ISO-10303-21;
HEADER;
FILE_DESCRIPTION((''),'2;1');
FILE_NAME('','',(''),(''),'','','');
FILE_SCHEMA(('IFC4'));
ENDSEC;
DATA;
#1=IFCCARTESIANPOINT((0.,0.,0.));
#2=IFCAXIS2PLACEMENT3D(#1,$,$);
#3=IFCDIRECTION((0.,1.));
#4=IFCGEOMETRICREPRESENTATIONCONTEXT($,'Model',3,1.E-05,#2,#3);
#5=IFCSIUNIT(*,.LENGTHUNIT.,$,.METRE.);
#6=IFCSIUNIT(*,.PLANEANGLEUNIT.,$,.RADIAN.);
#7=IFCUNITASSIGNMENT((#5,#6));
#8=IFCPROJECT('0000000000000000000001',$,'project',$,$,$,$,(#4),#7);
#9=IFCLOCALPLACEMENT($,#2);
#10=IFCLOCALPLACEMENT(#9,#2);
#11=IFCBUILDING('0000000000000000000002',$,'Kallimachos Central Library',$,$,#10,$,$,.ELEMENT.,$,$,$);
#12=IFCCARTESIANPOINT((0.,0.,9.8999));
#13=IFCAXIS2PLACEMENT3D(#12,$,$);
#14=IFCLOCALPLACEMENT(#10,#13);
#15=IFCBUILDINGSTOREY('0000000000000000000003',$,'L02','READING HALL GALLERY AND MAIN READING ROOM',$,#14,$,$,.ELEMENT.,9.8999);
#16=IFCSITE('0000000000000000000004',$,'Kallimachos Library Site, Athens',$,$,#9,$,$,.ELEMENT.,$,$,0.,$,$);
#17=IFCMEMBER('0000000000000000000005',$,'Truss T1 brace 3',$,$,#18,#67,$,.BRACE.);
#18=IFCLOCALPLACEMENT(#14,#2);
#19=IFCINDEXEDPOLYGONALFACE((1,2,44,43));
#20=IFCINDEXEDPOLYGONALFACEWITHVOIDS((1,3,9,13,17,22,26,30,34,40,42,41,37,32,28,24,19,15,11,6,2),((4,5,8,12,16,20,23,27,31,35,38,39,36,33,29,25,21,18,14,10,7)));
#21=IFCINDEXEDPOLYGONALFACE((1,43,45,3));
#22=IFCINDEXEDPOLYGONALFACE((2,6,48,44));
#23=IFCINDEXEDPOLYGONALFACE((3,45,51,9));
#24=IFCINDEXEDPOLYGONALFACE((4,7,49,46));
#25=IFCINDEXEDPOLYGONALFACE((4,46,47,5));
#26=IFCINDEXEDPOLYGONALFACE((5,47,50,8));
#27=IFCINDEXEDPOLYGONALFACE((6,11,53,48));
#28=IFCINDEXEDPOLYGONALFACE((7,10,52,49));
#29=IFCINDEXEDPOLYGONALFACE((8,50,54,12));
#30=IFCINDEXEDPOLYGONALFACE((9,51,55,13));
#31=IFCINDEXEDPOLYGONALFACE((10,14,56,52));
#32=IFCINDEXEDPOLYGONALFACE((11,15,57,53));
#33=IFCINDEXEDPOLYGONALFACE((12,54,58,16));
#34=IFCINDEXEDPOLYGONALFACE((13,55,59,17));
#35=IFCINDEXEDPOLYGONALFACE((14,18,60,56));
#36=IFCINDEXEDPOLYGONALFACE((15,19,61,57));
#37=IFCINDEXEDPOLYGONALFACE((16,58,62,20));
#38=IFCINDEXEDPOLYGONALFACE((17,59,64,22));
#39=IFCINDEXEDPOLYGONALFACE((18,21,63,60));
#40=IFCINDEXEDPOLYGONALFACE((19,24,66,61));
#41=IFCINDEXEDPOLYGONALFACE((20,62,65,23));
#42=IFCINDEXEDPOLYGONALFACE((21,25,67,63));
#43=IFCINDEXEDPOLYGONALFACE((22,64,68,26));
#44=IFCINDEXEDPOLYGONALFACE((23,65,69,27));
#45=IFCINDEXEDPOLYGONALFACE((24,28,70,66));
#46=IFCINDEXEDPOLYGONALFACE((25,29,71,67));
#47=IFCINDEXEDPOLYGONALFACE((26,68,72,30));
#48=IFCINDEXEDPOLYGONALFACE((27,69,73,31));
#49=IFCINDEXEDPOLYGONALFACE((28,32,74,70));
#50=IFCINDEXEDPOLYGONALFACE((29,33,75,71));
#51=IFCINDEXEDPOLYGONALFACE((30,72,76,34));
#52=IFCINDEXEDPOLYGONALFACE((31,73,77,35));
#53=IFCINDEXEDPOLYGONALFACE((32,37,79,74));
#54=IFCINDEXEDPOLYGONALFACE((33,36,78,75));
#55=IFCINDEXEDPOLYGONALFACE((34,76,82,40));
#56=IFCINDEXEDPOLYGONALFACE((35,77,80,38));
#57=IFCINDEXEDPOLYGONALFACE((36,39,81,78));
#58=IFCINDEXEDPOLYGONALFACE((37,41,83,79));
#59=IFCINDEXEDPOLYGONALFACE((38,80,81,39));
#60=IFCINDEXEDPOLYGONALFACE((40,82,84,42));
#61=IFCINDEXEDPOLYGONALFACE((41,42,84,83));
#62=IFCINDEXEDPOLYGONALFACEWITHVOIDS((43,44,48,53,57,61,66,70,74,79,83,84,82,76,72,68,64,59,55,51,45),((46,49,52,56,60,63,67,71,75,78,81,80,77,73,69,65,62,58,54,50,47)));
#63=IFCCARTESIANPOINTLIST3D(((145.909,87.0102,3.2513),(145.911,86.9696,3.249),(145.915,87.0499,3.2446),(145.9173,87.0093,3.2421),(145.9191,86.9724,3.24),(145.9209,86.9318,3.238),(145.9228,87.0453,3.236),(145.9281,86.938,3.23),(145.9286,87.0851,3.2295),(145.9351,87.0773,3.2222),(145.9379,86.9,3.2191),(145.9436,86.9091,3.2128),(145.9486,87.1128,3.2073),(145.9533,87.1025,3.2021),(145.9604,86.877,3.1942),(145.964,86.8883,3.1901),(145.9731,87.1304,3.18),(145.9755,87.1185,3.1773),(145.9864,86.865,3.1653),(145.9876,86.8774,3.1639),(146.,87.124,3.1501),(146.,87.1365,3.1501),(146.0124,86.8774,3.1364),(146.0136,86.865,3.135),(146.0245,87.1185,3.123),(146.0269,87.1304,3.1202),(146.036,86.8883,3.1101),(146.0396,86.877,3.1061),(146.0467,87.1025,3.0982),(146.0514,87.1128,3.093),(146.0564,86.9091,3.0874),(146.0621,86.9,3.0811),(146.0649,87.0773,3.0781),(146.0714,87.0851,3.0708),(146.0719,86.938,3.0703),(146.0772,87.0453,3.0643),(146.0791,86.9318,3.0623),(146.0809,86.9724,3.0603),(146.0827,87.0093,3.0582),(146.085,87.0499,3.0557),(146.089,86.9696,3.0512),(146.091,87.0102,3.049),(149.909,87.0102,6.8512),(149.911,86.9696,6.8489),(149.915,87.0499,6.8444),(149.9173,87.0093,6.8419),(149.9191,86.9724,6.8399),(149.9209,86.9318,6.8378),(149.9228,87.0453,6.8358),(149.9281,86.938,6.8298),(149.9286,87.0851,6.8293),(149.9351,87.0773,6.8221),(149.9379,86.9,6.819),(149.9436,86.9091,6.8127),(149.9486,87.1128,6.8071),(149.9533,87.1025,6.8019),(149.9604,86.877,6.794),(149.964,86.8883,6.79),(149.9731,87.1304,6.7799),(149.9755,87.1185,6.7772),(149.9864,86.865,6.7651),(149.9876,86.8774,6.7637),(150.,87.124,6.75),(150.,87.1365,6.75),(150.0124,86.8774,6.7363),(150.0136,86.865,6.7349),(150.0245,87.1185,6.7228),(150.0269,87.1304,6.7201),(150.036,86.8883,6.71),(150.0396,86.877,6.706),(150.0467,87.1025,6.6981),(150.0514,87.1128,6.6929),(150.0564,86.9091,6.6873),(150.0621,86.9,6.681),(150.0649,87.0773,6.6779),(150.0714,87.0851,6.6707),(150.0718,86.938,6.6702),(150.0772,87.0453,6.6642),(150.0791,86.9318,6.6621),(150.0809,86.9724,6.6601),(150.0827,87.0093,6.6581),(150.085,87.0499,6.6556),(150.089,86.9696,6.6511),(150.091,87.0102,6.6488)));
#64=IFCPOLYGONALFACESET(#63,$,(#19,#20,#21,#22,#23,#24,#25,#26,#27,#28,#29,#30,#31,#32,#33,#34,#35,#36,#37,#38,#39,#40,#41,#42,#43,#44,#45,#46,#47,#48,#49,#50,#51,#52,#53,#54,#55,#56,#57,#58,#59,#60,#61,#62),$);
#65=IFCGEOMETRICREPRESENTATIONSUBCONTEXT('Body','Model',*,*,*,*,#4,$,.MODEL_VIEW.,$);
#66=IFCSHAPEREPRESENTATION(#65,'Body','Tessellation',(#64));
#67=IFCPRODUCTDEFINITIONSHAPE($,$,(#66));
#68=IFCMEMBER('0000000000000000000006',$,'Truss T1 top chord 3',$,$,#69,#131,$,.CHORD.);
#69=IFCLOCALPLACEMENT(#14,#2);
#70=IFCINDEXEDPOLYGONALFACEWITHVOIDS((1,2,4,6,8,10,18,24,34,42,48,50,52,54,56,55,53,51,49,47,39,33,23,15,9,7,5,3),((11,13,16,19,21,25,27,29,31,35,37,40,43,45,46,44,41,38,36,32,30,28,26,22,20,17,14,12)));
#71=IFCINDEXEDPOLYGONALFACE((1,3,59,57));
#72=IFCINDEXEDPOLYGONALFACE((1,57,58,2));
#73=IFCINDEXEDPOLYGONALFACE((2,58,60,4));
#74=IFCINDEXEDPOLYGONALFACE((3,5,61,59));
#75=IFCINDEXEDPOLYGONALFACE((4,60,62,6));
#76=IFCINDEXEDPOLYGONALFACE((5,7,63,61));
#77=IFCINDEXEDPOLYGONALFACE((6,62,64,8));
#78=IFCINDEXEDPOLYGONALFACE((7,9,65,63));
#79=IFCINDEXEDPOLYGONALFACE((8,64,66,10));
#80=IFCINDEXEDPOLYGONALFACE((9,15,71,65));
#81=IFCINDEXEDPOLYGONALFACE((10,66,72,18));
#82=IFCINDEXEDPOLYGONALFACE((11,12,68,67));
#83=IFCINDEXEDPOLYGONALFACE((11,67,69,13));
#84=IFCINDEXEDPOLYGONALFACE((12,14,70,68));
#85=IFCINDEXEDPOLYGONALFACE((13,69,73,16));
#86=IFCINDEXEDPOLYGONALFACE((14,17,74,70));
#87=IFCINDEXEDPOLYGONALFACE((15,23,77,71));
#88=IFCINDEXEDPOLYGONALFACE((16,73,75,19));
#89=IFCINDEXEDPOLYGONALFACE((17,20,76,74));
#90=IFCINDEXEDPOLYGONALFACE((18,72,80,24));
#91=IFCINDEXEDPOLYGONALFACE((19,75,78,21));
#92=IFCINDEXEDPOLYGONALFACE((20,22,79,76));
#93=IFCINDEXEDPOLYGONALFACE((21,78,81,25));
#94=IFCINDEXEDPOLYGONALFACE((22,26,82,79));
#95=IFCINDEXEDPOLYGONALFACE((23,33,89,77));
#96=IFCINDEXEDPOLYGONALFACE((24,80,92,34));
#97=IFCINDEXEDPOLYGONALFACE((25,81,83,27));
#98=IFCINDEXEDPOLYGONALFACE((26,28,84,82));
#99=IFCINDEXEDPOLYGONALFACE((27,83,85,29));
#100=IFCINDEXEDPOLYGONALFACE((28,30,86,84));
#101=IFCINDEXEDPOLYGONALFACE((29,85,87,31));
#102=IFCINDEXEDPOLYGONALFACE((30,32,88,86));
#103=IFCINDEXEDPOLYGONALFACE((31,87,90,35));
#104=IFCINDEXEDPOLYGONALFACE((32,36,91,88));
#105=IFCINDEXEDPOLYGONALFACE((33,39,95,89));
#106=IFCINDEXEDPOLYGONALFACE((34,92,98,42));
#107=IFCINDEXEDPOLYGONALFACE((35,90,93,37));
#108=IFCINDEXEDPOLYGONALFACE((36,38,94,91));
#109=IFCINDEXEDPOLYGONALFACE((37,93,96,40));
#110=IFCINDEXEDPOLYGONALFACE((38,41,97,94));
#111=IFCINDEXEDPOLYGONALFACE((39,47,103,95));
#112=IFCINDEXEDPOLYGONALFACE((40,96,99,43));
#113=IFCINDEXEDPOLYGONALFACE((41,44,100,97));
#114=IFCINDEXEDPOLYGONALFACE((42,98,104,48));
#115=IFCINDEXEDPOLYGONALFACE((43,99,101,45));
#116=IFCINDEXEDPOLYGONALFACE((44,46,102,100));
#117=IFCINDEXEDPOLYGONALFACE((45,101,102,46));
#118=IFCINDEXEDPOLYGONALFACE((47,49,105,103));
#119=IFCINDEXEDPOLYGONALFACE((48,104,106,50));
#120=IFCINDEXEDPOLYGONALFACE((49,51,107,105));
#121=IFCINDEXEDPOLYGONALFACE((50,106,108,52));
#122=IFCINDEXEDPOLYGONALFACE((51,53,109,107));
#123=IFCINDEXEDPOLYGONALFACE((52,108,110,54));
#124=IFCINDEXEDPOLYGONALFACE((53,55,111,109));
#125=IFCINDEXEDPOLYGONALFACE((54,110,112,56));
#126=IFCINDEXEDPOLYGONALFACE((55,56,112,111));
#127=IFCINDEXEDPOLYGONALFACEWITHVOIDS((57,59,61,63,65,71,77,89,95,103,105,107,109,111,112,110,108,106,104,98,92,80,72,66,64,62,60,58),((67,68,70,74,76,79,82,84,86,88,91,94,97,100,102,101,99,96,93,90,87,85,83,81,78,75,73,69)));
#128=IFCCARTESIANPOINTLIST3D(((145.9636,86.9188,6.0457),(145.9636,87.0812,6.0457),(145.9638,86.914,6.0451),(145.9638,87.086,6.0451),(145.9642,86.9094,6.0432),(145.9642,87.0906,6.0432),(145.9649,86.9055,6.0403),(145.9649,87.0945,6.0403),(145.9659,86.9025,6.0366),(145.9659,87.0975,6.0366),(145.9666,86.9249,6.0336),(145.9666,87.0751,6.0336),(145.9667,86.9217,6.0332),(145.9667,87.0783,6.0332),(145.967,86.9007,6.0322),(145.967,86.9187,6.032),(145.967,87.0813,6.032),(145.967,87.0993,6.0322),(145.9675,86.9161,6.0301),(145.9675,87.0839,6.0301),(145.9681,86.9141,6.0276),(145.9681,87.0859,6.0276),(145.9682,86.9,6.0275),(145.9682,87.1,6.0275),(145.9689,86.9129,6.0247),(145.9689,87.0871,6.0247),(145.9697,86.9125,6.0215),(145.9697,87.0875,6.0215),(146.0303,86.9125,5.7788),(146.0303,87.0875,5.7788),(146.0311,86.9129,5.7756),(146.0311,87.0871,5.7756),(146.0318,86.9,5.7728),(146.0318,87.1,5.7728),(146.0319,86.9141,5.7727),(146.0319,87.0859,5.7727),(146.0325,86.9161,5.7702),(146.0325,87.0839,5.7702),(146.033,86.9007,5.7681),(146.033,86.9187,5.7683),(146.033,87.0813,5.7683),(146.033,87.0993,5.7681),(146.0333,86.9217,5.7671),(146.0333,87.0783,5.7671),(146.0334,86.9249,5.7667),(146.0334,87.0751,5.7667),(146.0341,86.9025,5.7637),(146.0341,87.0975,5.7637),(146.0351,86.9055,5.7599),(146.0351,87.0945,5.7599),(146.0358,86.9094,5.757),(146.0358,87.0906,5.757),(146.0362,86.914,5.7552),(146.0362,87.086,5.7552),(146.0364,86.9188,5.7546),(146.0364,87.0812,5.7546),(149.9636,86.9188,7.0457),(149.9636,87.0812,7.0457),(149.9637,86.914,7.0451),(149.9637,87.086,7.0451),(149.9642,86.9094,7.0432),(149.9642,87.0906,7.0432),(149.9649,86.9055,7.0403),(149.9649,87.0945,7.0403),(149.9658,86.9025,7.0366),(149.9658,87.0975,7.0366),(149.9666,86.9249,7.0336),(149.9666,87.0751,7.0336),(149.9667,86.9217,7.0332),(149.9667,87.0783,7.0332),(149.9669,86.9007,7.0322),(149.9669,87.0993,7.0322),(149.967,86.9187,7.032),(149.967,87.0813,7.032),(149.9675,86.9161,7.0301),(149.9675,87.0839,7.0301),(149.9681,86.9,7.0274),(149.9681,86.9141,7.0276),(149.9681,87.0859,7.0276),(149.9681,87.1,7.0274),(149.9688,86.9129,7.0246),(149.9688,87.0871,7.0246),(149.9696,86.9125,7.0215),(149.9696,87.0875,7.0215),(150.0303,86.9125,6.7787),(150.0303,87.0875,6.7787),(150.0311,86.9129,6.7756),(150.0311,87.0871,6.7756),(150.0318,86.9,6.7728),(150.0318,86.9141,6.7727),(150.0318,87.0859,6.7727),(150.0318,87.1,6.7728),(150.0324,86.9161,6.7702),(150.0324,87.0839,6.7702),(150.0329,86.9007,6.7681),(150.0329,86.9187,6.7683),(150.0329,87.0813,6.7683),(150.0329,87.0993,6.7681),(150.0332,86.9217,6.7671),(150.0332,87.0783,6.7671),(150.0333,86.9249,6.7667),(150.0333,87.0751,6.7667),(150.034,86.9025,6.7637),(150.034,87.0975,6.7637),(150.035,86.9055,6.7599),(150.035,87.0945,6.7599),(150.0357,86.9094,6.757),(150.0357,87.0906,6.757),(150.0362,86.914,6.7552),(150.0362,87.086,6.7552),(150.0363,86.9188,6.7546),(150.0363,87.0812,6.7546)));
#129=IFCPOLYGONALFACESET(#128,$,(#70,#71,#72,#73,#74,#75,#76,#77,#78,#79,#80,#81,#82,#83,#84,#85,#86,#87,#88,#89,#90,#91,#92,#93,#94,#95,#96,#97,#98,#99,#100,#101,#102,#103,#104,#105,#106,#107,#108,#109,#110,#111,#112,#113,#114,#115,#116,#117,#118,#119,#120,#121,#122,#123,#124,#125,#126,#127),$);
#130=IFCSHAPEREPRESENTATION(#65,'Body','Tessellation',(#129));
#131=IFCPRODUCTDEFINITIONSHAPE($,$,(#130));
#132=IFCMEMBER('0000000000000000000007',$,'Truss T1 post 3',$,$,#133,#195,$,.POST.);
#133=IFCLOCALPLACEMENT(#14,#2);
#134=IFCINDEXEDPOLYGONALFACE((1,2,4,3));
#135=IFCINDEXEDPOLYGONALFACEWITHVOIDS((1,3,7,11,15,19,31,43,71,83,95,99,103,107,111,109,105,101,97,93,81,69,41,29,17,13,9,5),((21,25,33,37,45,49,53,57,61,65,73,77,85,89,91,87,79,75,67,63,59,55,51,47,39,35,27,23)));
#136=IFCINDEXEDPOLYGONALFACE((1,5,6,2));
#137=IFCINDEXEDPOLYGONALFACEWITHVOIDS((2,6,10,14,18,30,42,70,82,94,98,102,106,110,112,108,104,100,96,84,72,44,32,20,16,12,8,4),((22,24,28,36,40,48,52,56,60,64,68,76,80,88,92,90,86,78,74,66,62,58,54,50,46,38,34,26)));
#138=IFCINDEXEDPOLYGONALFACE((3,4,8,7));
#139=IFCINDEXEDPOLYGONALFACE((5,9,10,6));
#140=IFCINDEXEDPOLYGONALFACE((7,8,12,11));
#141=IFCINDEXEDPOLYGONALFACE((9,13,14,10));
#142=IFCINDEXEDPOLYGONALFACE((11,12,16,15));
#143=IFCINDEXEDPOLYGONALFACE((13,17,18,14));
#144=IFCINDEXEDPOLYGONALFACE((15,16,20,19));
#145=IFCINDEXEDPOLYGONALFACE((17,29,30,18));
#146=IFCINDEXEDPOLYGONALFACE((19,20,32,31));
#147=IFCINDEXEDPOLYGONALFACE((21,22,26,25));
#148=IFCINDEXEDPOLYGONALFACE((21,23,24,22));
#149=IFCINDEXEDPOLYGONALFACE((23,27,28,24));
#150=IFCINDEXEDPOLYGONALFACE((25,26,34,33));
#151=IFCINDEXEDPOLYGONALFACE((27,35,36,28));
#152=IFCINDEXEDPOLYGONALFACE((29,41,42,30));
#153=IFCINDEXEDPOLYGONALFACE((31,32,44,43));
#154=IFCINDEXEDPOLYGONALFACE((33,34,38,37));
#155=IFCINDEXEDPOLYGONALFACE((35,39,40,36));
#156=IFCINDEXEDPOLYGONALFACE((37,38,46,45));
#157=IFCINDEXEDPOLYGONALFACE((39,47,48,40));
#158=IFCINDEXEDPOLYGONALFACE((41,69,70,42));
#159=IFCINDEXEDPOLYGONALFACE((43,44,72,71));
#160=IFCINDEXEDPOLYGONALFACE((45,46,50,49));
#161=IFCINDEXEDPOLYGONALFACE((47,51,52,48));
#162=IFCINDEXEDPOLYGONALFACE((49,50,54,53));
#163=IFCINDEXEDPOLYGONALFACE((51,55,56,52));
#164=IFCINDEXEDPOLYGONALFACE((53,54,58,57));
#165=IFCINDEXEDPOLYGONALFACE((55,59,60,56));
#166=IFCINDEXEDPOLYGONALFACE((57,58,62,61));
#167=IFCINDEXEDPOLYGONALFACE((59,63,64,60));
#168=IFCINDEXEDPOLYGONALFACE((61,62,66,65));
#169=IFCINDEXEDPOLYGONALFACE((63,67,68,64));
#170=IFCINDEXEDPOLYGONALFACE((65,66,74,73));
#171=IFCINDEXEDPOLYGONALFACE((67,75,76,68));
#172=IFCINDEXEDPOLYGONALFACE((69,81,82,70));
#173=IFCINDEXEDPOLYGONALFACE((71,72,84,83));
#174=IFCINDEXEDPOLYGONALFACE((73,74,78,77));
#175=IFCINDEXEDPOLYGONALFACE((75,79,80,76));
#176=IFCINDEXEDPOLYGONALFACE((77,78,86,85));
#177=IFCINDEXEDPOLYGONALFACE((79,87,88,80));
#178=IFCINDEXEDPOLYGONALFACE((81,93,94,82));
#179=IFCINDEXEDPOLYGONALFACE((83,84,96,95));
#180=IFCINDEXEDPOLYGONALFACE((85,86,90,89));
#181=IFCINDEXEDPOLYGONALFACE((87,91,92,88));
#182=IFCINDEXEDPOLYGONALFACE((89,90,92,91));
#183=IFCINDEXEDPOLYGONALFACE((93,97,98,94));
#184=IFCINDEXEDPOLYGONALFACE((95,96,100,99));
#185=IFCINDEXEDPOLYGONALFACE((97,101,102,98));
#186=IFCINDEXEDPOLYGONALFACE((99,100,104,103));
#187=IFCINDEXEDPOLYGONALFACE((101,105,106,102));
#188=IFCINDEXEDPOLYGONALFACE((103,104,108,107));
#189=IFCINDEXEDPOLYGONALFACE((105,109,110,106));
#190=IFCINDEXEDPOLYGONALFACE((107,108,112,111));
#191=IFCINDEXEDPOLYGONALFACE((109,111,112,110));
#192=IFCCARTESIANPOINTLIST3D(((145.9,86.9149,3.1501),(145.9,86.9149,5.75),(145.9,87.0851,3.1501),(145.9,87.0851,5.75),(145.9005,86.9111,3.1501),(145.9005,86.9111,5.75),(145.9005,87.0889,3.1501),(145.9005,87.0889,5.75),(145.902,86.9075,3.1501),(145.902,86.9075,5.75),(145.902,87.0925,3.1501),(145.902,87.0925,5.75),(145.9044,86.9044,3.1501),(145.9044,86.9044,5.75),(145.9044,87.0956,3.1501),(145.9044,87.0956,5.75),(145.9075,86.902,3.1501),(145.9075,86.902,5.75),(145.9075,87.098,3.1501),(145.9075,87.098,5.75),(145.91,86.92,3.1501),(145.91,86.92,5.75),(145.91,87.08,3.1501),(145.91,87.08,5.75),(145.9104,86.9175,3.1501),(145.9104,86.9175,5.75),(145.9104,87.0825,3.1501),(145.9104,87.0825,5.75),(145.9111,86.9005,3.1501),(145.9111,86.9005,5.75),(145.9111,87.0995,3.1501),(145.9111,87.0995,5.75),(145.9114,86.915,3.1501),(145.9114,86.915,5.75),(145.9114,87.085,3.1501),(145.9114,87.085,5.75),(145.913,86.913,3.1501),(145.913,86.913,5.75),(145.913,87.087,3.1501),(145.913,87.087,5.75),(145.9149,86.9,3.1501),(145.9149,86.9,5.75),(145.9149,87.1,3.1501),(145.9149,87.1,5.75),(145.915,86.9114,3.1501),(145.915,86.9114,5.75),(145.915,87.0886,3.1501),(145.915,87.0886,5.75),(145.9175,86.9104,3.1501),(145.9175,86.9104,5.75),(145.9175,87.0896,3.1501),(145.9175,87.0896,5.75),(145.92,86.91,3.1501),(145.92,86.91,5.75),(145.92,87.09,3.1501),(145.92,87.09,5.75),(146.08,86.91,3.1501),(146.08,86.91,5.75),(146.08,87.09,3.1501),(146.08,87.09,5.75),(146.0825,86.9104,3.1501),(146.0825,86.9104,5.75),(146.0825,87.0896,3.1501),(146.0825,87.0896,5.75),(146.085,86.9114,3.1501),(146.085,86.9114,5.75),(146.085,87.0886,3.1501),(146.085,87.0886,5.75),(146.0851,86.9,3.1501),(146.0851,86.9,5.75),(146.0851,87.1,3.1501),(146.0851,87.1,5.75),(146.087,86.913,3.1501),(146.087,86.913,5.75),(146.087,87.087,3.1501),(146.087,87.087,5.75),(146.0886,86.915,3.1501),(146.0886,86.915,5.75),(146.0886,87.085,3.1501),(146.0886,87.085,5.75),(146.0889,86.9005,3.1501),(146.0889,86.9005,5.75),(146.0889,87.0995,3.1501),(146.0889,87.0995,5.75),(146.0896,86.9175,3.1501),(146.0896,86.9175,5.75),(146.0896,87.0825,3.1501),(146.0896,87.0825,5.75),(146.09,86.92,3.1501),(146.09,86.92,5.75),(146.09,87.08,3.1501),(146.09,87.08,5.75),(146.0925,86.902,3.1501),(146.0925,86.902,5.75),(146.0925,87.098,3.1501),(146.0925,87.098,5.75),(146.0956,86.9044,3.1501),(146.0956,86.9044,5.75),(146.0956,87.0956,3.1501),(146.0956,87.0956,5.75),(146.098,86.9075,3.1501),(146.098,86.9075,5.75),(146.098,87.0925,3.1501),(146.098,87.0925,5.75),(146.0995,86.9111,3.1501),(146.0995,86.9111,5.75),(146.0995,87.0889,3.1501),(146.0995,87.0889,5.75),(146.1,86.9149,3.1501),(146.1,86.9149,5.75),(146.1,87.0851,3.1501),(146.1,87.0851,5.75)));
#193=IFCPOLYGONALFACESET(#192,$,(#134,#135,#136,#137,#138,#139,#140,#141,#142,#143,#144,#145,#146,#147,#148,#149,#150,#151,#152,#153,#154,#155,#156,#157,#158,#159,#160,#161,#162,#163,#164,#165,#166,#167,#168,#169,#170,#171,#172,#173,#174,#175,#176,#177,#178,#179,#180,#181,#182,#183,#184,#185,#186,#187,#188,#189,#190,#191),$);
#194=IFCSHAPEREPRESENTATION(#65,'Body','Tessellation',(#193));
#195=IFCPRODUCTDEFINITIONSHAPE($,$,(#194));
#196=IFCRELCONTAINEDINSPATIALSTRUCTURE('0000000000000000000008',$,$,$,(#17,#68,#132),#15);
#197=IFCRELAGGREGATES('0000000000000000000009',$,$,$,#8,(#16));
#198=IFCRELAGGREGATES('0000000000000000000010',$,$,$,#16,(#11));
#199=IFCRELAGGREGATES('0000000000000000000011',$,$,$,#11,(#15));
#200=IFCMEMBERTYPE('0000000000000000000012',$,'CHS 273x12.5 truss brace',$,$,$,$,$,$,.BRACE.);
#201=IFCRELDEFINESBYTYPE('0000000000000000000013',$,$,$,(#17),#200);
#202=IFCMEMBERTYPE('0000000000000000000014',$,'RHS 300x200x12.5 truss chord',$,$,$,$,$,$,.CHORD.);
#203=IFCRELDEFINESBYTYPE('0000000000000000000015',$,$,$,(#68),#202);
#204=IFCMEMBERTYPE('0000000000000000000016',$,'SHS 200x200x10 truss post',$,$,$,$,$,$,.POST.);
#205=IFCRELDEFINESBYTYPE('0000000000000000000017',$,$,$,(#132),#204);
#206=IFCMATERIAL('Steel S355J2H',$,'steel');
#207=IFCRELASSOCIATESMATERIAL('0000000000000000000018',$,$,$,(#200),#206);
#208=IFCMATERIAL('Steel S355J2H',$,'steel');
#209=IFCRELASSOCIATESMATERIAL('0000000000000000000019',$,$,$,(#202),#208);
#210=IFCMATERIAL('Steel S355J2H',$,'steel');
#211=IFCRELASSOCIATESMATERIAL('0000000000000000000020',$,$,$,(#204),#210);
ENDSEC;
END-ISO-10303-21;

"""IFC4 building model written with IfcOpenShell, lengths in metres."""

from ifc_helpers import new_model, si_unit, direction, frame, origin, origin_2d, place, context, subcontext, project, spatial, hollow_rectangle, hollow_circle, extrude, material, material_profile, profile_set, type_object, element, save


model = new_model("IFC4")

# Units and contexts
model_context = context("Model", 3, precision=1e-05, world=origin(), true_north=direction((0.0, 1.0)))
body_context = subcontext(model_context, "Body", "Model", "MODEL_VIEW")
ifc_project = project(units=[si_unit("LENGTHUNIT", "METRE"), si_unit("PLANEANGLEUNIT", "RADIAN")], contexts=[model_context])

# Site, building, storey
site_placement = place(None, origin())
site = spatial("IfcSite", under=ifc_project, at=site_placement, Name="Kallimachos Library Site, Athens", CompositionType="ELEMENT", RefElevation=0.0)
building_placement = place(site_placement, origin())
building = spatial("IfcBuilding", under=site, at=building_placement, Name="Kallimachos Central Library", CompositionType="ELEMENT")
storey_placement = place(building_placement, frame((0.0, 0.0, 9.8999)))
storey = spatial("IfcBuildingStorey", under=building, at=storey_placement, Name="L02", Description="READING HALL GALLERY AND MAIN READING ROOM", CompositionType="ELEMENT", Elevation=9.8999)

# Members
ifc_material_1 = material(Name="Steel S355J2H", Category="steel")
ifc_material_profile_1 = material_profile(ifc_material_1, hollow_circle(Radius=0.1365, WallThickness=0.0125, at=origin_2d()), Name="CHS 273x12.5")
ifc_profile_set_1 = profile_set([ifc_material_profile_1], Name="Steel S355J2H")
member_type_1 = type_object("IfcMemberType", Name="CHS 273x12.5 truss brace", PredefinedType="BRACE", material=ifc_profile_set_1)
member_1_placement = place(storey_placement, frame((146.0, 87.0, 3.1501), z_axis=(0.743308, 0.0, 0.66895), x_axis=(0.0, 1.0, 0.0)))
element("IfcMember", 1, at=member_1_placement, inside=storey, type_object=member_type_1, Name="Truss T1 brace 3", PredefinedType="BRACE", context=body_context, shape_type="SweptSolid", body=[
    extrude(hollow_circle(Radius=0.1365, WallThickness=0.0125, at=origin_2d()), origin(), (0.0, 0.0, 1.0), 5.3813),
])
ifc_material_2 = material(Name="Steel S355J2H", Category="steel")
ifc_material_profile_2 = material_profile(ifc_material_2, hollow_rectangle(XDim=0.2, YDim=0.3, WallThickness=0.0125, InnerFilletRadius=0.0125, OuterFilletRadius=0.0188, at=origin_2d()), Name="RHS 300x200x12.5")
ifc_profile_set_2 = profile_set([ifc_material_profile_2], Name="Steel S355J2H")
member_type_2 = type_object("IfcMemberType", Name="RHS 300x200x12.5 truss chord", PredefinedType="CHORD", material=ifc_profile_set_2)
member_2_placement = place(storey_placement, frame((146.0, 87.0, 5.9001), z_axis=(0.970143, 0.0, 0.242536), x_axis=(0.0, 1.0, 0.0)))
element("IfcMember", 2, at=member_2_placement, inside=storey, type_object=member_type_2, Name="Truss T1 top chord 3", PredefinedType="CHORD", context=body_context, shape_type="SweptSolid", body=[
    extrude(hollow_rectangle(XDim=0.2, YDim=0.3, WallThickness=0.0125, InnerFilletRadius=0.0125, OuterFilletRadius=0.0188, at=origin_2d()), origin(), (0.0, 0.0, 1.0), 4.123),
])
ifc_material_3 = material(Name="Steel S355J2H", Category="steel")
ifc_material_profile_3 = material_profile(ifc_material_3, hollow_rectangle(XDim=0.2, YDim=0.2, WallThickness=0.01, InnerFilletRadius=0.01, OuterFilletRadius=0.0149, at=origin_2d()), Name="SHS 200x200x10")
ifc_profile_set_3 = profile_set([ifc_material_profile_3], Name="Steel S355J2H")
member_type_3 = type_object("IfcMemberType", Name="SHS 200x200x10 truss post", PredefinedType="POST", material=ifc_profile_set_3)
member_3_placement = place(storey_placement, frame((146.0, 87.0, 3.1501), z_axis=(0.0, 0.0, 1.0), x_axis=(1.0, 0.0, 0.0)))
element("IfcMember", 3, at=member_3_placement, inside=storey, type_object=member_type_3, Name="Truss T1 post 3", PredefinedType="POST", context=body_context, shape_type="SweptSolid", body=[
    extrude(hollow_rectangle(XDim=0.2, YDim=0.2, WallThickness=0.01, InnerFilletRadius=0.01, OuterFilletRadius=0.0149, at=origin_2d()), origin(), (0.0, 0.0, 1.0), 2.5999),
])

save(model, "model.ifc")
